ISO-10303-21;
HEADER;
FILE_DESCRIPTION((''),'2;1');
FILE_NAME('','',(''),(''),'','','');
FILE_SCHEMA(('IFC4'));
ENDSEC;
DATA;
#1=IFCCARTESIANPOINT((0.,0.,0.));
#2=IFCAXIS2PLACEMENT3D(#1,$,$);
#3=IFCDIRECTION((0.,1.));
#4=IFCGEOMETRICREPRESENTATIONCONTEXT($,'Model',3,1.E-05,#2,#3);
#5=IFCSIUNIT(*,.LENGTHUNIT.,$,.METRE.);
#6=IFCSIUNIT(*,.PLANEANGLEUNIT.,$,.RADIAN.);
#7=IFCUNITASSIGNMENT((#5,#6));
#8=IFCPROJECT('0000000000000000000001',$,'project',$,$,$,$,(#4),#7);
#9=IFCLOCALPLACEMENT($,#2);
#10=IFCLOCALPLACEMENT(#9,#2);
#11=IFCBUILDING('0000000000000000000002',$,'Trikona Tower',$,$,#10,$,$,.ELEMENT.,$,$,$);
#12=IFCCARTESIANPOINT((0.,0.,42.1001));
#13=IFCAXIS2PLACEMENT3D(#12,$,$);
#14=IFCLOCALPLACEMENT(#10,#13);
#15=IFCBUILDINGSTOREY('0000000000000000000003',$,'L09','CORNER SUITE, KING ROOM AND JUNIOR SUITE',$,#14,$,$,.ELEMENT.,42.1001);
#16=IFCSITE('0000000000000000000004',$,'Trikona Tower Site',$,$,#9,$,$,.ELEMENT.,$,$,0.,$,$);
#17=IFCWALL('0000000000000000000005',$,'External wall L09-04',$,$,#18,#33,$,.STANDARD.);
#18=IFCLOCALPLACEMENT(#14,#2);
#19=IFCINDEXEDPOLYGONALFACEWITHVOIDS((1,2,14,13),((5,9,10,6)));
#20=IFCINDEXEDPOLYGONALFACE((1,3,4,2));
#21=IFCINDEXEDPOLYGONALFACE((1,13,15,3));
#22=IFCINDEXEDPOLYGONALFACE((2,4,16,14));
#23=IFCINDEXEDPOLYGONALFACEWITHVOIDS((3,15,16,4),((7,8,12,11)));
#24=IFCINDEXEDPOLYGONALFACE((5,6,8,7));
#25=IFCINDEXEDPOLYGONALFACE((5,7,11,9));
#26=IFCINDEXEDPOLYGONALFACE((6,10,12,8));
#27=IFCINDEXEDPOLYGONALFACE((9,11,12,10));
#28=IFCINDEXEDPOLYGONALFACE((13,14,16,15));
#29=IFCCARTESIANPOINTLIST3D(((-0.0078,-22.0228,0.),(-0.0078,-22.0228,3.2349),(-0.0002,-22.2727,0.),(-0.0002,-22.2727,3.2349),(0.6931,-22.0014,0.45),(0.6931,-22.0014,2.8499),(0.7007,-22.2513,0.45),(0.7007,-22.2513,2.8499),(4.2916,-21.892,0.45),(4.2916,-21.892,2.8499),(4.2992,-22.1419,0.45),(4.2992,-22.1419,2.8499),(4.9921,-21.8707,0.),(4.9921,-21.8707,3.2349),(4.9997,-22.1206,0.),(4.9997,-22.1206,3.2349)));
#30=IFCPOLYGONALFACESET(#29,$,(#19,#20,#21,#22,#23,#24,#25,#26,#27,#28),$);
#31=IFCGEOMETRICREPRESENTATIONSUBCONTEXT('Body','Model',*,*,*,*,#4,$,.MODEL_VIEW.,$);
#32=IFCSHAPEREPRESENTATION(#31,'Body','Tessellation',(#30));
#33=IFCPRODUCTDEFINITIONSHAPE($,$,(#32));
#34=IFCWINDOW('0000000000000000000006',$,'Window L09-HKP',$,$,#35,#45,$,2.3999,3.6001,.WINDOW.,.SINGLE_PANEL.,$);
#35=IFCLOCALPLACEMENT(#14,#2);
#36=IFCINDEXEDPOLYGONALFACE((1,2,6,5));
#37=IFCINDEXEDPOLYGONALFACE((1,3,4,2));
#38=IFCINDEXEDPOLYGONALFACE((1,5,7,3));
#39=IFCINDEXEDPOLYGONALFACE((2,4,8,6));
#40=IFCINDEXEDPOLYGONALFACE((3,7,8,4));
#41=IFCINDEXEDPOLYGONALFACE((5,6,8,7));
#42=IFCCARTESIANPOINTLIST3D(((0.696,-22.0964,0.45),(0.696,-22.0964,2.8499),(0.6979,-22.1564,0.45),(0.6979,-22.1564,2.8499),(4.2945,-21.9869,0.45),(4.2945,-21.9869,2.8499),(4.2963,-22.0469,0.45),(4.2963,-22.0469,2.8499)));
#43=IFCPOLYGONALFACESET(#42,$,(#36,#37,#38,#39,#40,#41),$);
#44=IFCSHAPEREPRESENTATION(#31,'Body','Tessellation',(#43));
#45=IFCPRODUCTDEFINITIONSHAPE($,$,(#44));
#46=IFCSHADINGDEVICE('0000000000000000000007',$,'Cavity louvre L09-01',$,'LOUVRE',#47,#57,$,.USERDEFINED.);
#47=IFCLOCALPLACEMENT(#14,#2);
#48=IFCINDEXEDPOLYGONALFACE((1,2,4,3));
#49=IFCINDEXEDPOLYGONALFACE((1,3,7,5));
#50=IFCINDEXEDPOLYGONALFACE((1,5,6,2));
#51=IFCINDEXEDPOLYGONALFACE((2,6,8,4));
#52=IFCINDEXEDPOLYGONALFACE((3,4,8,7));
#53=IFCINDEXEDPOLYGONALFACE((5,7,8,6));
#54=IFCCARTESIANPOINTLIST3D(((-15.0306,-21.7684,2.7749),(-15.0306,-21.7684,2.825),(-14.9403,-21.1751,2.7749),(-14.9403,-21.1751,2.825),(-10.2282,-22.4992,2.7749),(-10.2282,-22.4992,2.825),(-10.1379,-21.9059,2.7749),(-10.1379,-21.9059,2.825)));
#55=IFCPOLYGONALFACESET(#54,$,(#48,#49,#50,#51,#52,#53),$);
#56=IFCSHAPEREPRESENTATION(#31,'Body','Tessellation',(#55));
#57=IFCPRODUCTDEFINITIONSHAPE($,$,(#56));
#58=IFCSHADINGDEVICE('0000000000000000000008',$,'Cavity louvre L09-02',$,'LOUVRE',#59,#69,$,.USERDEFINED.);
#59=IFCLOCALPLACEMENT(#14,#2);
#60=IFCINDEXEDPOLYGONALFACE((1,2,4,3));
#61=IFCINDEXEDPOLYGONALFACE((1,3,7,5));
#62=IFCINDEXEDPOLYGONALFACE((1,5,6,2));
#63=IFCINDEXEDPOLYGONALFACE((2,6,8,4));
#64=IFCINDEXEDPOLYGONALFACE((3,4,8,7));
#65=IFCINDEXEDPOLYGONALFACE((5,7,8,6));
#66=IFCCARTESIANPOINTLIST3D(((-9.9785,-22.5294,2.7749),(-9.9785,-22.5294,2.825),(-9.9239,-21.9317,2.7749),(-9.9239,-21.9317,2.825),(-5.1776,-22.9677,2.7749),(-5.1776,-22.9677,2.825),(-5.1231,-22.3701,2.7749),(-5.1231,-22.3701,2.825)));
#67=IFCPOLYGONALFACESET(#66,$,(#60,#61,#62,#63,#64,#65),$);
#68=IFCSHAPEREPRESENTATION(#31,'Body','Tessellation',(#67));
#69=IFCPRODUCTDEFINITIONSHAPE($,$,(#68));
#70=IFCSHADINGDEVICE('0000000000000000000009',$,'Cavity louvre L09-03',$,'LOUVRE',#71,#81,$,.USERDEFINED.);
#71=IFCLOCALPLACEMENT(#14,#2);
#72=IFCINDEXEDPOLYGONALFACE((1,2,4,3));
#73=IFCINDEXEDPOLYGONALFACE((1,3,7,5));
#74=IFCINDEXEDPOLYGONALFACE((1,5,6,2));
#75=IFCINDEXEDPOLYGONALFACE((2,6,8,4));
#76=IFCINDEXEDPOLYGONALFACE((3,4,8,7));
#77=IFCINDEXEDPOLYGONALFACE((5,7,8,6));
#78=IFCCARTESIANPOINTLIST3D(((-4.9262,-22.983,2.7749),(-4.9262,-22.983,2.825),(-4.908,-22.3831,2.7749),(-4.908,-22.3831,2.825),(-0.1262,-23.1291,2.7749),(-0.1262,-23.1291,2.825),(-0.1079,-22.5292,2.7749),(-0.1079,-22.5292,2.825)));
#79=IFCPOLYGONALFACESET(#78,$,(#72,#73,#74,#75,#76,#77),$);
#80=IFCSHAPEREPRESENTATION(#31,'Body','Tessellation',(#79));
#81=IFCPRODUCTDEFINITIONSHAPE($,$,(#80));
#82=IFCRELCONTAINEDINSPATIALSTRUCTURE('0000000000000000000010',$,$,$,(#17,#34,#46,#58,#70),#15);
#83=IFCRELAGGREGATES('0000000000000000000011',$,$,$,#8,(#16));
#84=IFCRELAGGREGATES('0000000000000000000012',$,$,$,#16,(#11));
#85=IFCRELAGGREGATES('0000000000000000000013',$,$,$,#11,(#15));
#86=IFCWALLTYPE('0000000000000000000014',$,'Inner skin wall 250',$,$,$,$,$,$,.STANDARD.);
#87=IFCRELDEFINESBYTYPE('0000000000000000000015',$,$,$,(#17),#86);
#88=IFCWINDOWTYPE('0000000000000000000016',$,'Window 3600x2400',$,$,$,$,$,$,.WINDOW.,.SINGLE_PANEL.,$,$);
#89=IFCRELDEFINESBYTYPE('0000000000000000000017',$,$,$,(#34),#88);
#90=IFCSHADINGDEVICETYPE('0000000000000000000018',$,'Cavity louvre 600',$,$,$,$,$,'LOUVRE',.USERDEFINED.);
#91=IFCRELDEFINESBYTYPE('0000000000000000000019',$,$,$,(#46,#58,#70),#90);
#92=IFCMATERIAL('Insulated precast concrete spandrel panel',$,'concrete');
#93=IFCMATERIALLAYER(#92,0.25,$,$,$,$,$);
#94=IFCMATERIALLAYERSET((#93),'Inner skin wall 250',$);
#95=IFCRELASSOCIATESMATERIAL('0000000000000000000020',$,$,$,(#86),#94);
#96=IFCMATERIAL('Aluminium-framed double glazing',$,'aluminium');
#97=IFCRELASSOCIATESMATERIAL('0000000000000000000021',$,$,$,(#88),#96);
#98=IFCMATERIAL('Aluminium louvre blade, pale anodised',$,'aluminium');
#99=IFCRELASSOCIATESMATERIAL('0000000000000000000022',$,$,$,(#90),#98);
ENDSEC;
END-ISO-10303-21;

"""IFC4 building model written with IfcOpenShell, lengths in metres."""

from ifc_helpers import new_model, si_unit, direction, frame, frame_2d, origin, origin_2d, place, context, subcontext, project, spatial, rectangle, extrude, material, layer, layer_set, type_object, element, fill, save


model = new_model("IFC4")

# Units and contexts
model_context = context("Model", 3, precision=1e-05, world=origin(), true_north=direction((0.0, 1.0)))
body_context = subcontext(model_context, "Body", "Model", "MODEL_VIEW")
ifc_project = project(units=[si_unit("LENGTHUNIT", "METRE"), si_unit("PLANEANGLEUNIT", "RADIAN")], contexts=[model_context])

# Site, building, storey
site_placement = place(None, origin())
site = spatial("IfcSite", under=ifc_project, at=site_placement, Name="Trikona Tower Site", CompositionType="ELEMENT", RefElevation=0.0)
building_placement = place(site_placement, origin())
building = spatial("IfcBuilding", under=site, at=building_placement, Name="Trikona Tower", CompositionType="ELEMENT")
storey_placement = place(building_placement, frame((0.0, 0.0, 42.1001)))
storey = spatial("IfcBuildingStorey", under=building, at=storey_placement, Name="L09", Description="CORNER SUITE, KING ROOM AND JUNIOR SUITE", CompositionType="ELEMENT", Elevation=42.1001)

# Wall, opening, window
ifc_material_1 = material(Name="Insulated precast concrete spandrel panel", Category="concrete")
ifc_layer_1 = layer(ifc_material_1, 0.25)
ifc_layer_set_1 = layer_set([ifc_layer_1], Name="Inner skin wall 250")
wall_type = type_object("IfcWallType", Name="Inner skin wall 250", PredefinedType="STANDARD", material=ifc_layer_set_1)
ifc_material_2 = material(Name="Aluminium-framed double glazing", Category="aluminium")
window_type = type_object("IfcWindowType", Name="Window 3600x2400", PartitioningType="SINGLE_PANEL", PredefinedType="WINDOW", material=ifc_material_2)
wall_1_placement = place(storey_placement, frame((-0.0039, -22.1477, 0.0), z_axis=(0.0, 0.0, 1.0), x_axis=(0.999538, 0.030406, 0.0)))
wall_1 = element("IfcWall", 1, at=wall_1_placement, inside=storey, type_object=wall_type, Name="External wall L09-04", PredefinedType="STANDARD", context=body_context, shape_type="SweptSolid", body=[
    extrude(rectangle(XDim=5.0022, YDim=0.25, at=frame_2d((2.501, 0.0))), origin(), (0.0, 0.0, 1.0), 3.2349),
])
opening_1_placement = place(wall_1_placement, frame((0.7012, 0.0, 0.45)))
opening_1 = element("IfcOpeningElement", 2, at=opening_1_placement, cuts=wall_1, PredefinedType="OPENING", context=body_context, shape_type="SweptSolid", body=[
    extrude(rectangle(XDim=3.6001, YDim=2.3999, at=frame_2d((1.8, 1.2))), frame((0.0, 0.135, 0.0), z_axis=(0.0, -1.0, 0.0), x_axis=(1.0, 0.0, 0.0)), (0.0, 0.0, 1.0), 0.27),
])
window_1_placement = place(opening_1_placement, origin())
window_1 = element("IfcWindow", 3, at=window_1_placement, inside=storey, type_object=window_type, Name="Window L09-HKP", OverallHeight=2.3999, OverallWidth=3.6001, PartitioningType="SINGLE_PANEL", PredefinedType="WINDOW", context=body_context, shape_type="SweptSolid", body=[
    extrude(rectangle(XDim=3.6001, YDim=2.3999, at=frame_2d((1.8, 1.2))), frame((0.0, 0.03, 0.0), z_axis=(0.0, -1.0, 0.0), x_axis=(1.0, 0.0, 0.0)), (0.0, 0.0, 1.0), 0.0601),
])
fill(opening_1, window_1)

# Shading devices
ifc_material_3 = material(Name="Aluminium louvre blade, pale anodised", Category="aluminium")
shading_device_type = type_object("IfcShadingDeviceType", Name="Cavity louvre 600", ElementType="LOUVRE", PredefinedType="USERDEFINED", material=ifc_material_3)
shading_device_1_placement = place(storey_placement, frame((-12.5842, -21.8372, 2.7749), z_axis=(0.0, 0.0, 1.0), x_axis=(0.988618, -0.150448, 0.0)))
element("IfcShadingDevice", 4, at=shading_device_1_placement, inside=storey, type_object=shading_device_type, Name="Cavity louvre L09-01", ObjectType="LOUVRE", PredefinedType="USERDEFINED", context=body_context, shape_type="SweptSolid", body=[
    extrude(rectangle(XDim=4.8577, YDim=0.6001, at=origin_2d()), origin(), (0.0, 0.0, 1.0), 0.05),
])
shading_device_2_placement = place(storey_placement, frame((-7.5508, -22.4497, 2.7749), z_axis=(0.0, 0.0, 1.0), x_axis=(0.995858, -0.090921, 0.0)))
element("IfcShadingDevice", 5, at=shading_device_2_placement, inside=storey, type_object=shading_device_type, Name="Cavity louvre L09-02", ObjectType="LOUVRE", PredefinedType="USERDEFINED", context=body_context, shape_type="SweptSolid", body=[
    extrude(rectangle(XDim=4.8208, YDim=0.6001, at=origin_2d()), origin(), (0.0, 0.0, 1.0), 0.05),
])
shading_device_3_placement = place(storey_placement, frame((-2.5171, -22.7561, 2.7749), z_axis=(0.0, 0.0, 1.0), x_axis=(0.999537, -0.030425, 0.0)))
element("IfcShadingDevice", 6, at=shading_device_3_placement, inside=storey, type_object=shading_device_type, Name="Cavity louvre L09-03", ObjectType="LOUVRE", PredefinedType="USERDEFINED", context=body_context, shape_type="SweptSolid", body=[
    extrude(rectangle(XDim=4.8022, YDim=0.6001, at=origin_2d()), origin(), (0.0, 0.0, 1.0), 0.05),
])

save(model, "model.ifc")
